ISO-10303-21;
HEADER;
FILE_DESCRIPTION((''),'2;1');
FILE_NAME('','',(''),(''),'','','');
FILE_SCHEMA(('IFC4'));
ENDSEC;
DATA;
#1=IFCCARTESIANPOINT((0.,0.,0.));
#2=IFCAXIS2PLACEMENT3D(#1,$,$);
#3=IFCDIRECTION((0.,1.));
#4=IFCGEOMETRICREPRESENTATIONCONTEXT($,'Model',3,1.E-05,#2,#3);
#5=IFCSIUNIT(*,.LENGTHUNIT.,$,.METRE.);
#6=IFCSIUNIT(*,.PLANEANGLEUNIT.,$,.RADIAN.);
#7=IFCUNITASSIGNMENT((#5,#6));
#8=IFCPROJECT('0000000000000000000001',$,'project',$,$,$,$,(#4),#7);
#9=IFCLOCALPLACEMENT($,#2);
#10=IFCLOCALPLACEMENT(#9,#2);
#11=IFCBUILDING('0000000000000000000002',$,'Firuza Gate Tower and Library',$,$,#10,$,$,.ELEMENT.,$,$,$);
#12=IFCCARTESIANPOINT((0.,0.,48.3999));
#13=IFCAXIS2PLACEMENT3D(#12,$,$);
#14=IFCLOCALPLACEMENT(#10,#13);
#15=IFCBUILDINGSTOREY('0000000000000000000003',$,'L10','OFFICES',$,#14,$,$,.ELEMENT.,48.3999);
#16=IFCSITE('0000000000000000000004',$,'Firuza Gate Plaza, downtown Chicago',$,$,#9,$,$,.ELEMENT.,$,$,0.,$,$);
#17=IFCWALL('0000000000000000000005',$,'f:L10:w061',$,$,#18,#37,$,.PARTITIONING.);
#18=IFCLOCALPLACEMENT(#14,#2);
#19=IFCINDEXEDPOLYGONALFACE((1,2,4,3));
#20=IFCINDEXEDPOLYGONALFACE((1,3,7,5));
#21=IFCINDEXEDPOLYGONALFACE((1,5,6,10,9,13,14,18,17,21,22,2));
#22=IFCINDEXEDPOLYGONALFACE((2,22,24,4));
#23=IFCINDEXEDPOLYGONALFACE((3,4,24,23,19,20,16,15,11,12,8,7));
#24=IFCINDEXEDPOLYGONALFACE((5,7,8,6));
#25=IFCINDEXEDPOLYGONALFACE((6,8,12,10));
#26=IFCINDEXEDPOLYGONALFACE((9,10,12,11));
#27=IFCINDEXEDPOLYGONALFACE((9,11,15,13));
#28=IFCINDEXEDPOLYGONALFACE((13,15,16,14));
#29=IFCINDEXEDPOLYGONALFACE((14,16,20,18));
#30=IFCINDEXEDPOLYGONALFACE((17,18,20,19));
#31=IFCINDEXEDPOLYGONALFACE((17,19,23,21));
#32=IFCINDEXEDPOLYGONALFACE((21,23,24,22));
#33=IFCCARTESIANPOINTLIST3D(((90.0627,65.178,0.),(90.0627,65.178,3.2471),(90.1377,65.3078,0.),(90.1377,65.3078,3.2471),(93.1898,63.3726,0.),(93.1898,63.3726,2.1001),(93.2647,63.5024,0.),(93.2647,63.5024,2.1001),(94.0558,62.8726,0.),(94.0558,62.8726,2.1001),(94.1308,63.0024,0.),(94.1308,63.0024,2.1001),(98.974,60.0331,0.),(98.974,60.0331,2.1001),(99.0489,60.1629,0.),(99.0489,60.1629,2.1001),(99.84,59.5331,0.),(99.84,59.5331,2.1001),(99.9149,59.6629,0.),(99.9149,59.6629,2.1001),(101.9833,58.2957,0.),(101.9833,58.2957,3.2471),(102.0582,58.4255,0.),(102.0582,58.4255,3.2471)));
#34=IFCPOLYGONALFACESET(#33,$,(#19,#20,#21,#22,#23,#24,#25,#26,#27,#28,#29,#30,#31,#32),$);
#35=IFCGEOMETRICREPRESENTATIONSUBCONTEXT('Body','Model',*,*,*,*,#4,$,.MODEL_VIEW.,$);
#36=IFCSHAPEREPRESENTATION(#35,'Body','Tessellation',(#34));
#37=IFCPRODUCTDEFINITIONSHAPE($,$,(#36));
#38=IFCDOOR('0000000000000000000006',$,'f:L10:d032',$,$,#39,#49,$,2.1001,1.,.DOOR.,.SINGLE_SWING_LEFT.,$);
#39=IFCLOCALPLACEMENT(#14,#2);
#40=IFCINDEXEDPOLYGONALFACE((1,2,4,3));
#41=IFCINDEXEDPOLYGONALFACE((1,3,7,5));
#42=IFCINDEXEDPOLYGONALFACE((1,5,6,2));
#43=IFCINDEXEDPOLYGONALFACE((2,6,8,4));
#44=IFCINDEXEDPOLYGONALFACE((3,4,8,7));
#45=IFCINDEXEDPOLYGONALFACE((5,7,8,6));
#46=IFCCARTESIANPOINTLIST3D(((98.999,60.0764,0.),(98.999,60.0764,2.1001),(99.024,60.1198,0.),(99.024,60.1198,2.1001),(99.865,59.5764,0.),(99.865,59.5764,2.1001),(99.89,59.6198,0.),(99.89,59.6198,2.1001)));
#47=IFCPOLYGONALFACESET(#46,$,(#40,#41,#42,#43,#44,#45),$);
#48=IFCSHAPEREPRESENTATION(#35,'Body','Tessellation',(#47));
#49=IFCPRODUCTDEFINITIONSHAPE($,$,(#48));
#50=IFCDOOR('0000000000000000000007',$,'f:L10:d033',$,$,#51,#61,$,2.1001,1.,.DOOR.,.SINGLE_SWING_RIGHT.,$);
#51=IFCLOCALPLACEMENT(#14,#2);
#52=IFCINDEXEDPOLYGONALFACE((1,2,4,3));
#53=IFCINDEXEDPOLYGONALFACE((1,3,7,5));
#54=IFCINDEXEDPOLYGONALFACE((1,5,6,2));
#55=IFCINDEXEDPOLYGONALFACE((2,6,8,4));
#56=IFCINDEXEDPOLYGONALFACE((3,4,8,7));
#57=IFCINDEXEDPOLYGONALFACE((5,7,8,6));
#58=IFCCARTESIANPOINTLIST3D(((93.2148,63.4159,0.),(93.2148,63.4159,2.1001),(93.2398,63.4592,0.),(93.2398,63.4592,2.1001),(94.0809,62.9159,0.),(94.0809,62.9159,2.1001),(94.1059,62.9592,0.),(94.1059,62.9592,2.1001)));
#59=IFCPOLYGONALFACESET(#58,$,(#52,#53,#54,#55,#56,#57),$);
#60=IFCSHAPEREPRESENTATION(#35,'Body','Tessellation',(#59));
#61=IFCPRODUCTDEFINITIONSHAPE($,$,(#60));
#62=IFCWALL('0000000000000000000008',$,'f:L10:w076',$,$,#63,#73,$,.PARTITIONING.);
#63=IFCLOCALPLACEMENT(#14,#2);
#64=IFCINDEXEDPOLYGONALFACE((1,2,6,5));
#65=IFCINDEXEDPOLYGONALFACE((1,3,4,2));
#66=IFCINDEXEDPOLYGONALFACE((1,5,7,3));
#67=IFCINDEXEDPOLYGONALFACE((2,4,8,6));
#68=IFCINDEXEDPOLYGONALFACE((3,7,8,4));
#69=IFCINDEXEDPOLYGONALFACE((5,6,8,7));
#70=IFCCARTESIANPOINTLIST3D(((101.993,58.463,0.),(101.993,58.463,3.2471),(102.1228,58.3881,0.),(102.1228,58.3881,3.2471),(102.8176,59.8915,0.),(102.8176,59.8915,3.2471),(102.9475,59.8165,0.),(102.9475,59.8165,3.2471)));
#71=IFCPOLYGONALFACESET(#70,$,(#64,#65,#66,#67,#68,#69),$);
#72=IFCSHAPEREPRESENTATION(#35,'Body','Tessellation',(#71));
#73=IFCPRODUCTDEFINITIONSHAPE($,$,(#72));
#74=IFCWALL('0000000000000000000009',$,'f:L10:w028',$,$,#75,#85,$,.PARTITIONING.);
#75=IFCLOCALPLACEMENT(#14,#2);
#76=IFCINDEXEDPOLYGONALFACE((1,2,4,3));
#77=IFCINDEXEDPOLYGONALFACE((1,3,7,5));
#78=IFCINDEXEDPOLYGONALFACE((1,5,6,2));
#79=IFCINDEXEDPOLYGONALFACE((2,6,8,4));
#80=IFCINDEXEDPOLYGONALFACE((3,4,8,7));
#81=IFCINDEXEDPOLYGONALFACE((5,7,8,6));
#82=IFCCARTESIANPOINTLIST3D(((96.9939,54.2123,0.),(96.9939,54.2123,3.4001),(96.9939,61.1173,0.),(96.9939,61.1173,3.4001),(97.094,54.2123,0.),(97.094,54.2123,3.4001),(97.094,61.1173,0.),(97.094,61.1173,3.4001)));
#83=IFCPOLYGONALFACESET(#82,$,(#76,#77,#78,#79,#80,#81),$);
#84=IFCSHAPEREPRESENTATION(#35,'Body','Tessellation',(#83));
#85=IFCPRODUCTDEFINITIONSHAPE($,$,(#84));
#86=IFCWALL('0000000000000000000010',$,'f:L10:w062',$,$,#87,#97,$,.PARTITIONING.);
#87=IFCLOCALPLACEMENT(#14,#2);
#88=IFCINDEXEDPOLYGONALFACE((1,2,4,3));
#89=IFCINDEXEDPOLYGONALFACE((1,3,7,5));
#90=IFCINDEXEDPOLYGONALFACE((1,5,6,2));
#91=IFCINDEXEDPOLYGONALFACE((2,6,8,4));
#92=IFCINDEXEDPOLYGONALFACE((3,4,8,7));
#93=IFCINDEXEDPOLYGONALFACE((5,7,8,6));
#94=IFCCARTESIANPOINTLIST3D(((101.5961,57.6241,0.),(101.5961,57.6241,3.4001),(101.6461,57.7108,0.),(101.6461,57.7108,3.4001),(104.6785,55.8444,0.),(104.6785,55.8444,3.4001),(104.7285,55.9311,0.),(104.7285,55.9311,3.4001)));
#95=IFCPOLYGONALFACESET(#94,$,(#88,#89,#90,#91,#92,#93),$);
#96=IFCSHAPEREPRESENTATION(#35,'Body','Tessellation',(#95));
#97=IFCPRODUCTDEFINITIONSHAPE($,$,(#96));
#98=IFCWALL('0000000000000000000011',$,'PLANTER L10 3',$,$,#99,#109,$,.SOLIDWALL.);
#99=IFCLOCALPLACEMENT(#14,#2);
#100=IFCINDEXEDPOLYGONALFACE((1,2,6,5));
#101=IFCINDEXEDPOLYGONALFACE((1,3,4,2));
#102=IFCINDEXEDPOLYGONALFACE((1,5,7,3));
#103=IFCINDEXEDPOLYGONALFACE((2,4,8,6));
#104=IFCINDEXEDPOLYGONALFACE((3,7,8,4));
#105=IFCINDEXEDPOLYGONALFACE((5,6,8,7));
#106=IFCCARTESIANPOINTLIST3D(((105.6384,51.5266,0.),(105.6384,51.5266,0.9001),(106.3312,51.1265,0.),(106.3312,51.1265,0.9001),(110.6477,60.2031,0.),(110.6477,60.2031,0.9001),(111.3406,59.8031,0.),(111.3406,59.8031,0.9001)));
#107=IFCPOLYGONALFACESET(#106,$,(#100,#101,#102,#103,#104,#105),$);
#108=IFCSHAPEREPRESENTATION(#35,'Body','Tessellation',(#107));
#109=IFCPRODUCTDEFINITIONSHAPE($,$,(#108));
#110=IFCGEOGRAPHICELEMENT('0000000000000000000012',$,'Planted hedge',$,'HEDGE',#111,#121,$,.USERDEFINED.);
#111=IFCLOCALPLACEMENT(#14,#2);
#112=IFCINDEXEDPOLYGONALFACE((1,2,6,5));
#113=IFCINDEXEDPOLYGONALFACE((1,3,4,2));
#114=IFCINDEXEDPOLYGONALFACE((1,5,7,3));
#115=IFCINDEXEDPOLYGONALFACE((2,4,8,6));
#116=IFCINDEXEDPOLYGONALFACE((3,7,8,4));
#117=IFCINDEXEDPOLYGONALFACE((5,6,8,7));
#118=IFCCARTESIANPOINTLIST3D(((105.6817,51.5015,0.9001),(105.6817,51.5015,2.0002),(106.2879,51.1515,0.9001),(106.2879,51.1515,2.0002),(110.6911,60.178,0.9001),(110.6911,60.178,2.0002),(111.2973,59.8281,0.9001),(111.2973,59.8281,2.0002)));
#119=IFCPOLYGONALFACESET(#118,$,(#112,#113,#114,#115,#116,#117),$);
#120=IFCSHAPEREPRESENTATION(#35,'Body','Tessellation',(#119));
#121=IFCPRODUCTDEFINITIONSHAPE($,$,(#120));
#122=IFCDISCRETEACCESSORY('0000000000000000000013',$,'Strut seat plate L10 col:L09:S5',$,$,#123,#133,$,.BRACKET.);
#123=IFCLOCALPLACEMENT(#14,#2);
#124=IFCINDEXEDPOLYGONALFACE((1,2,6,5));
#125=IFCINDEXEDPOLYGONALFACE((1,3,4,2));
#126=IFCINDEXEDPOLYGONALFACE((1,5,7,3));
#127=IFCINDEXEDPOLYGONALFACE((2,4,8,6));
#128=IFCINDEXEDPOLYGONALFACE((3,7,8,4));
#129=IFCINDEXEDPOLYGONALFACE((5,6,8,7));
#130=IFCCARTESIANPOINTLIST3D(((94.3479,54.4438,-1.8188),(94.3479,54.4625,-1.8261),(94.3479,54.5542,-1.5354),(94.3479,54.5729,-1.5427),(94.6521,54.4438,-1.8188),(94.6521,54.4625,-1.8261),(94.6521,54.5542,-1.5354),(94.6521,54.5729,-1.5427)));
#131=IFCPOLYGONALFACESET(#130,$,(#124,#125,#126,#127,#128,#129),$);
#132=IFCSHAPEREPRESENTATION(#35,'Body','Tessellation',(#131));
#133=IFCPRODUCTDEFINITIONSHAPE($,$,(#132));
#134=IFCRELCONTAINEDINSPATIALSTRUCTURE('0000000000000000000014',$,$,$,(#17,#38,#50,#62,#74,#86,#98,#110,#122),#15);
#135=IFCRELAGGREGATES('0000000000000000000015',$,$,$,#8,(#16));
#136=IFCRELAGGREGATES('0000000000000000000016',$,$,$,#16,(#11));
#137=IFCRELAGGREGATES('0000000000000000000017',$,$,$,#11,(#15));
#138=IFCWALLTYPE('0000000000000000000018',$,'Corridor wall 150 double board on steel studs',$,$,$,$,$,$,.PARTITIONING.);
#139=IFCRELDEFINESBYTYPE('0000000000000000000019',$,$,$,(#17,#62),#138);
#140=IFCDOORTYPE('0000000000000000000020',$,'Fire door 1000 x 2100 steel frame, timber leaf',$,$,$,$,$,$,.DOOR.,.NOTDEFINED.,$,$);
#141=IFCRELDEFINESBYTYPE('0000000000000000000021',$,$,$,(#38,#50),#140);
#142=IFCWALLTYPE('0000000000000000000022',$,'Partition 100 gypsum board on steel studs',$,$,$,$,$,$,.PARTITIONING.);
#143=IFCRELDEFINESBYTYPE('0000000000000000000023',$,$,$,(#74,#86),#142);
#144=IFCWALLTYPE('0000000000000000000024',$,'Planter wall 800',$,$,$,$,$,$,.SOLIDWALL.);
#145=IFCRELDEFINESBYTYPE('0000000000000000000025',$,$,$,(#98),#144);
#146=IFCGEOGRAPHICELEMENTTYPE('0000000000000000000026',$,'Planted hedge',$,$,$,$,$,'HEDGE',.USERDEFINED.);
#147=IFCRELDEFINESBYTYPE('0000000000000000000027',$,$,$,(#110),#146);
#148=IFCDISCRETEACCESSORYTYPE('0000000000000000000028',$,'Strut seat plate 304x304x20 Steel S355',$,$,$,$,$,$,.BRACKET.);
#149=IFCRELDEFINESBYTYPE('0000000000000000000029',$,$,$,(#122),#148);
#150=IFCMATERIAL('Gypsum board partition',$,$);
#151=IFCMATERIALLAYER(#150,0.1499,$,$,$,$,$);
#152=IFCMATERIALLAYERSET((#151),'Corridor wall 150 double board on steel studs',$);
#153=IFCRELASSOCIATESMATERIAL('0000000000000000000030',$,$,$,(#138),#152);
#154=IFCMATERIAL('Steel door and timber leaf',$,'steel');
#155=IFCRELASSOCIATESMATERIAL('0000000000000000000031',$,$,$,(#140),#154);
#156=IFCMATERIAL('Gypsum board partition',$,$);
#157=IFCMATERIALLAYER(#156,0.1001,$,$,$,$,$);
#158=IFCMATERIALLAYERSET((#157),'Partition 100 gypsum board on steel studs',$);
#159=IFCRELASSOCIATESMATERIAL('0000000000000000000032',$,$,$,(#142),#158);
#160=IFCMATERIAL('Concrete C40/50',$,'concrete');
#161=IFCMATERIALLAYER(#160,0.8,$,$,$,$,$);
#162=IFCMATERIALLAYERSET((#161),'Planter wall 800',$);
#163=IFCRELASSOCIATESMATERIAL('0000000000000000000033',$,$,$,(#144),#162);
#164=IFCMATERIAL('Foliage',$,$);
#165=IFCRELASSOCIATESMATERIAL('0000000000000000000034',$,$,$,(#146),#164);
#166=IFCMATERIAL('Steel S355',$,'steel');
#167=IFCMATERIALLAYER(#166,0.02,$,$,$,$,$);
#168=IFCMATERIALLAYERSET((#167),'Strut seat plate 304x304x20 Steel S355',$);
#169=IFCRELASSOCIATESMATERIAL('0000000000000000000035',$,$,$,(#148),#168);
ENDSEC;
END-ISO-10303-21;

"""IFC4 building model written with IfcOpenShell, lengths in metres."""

from ifc_helpers import new_model, si_unit, direction, frame, frame_2d, origin, origin_2d, place, context, subcontext, project, spatial, polyline, rectangle, outline, extrude, material, layer, layer_set, type_object, element, fill, save


model = new_model("IFC4")

# Units and contexts
model_context = context("Model", 3, precision=1e-05, world=origin(), true_north=direction((0.0, 1.0)))
body_context = subcontext(model_context, "Body", "Model", "MODEL_VIEW")
ifc_project = project(units=[si_unit("LENGTHUNIT", "METRE"), si_unit("PLANEANGLEUNIT", "RADIAN")], contexts=[model_context])

# Site, building, storey
site_placement = place(None, origin())
site = spatial("IfcSite", under=ifc_project, at=site_placement, Name="Firuza Gate Plaza, downtown Chicago", CompositionType="ELEMENT", RefElevation=0.0)
building_placement = place(site_placement, origin())
building = spatial("IfcBuilding", under=site, at=building_placement, Name="Firuza Gate Tower and Library", CompositionType="ELEMENT")
storey_placement = place(building_placement, frame((0.0, 0.0, 48.3999)))
storey = spatial("IfcBuildingStorey", under=building, at=storey_placement, Name="L10", Description="OFFICES", CompositionType="ELEMENT", Elevation=48.3999)

# Shared definitions
ifc_material_1 = material(Name="Gypsum board partition")
ifc_layer_1 = layer(ifc_material_1, 0.1499)
ifc_layer_set_1 = layer_set([ifc_layer_1], Name="Corridor wall 150 double board on steel studs")
wall_type_1 = type_object("IfcWallType", Name="Corridor wall 150 double board on steel studs", PredefinedType="PARTITIONING", material=ifc_layer_set_1)

# Wall, openings, doors
wall_1_placement = place(storey_placement, frame((102.0208, 58.3606, 0.0), z_axis=(0.0, 0.0, 1.0), x_axis=(-0.866028, 0.499996, 0.0)))
wall_1 = element("IfcWall", 1, at=wall_1_placement, inside=storey, type_object=wall_type_1, Name="f:L10:w061", PredefinedType="PARTITIONING", context=body_context, shape_type="SweptSolid", body=[
    extrude(rectangle(XDim=13.7646, YDim=0.1499, at=frame_2d((6.8823, 0.0))), origin(), (0.0, 0.0, 1.0), 3.2471),
])
opening_1_placement = place(wall_1_placement, frame((2.4749, 0.0, 0.0)))
opening_1 = element("IfcOpeningElement", 2, at=opening_1_placement, cuts=wall_1, PredefinedType="OPENING", context=body_context, shape_type="SweptSolid", body=[
    extrude(rectangle(XDim=1.0, YDim=2.1001, at=frame_2d((0.5, 1.05))), frame((0.0, 0.085, 0.0), z_axis=(0.0, -1.0, 0.0), x_axis=(1.0, 0.0, 0.0)), (0.0, 0.0, 1.0), 0.1699),
])
opening_2_placement = place(wall_1_placement, frame((9.1538, 0.0, 0.0)))
opening_2 = element("IfcOpeningElement", 3, at=opening_2_placement, cuts=wall_1, PredefinedType="OPENING", context=body_context, shape_type="SweptSolid", body=[
    extrude(rectangle(XDim=1.0, YDim=2.1001, at=frame_2d((0.5, 1.05))), frame((0.0, 0.085, 0.0), z_axis=(0.0, -1.0, 0.0), x_axis=(1.0, 0.0, 0.0)), (0.0, 0.0, 1.0), 0.1699),
])
ifc_material_2 = material(Name="Steel door and timber leaf", Category="steel")
door_type = type_object("IfcDoorType", Name="Fire door 1000 x 2100 steel frame, timber leaf", OperationType="NOTDEFINED", PredefinedType="DOOR", material=ifc_material_2)
door_1_placement = place(opening_1_placement, origin())
door_1 = element("IfcDoor", 4, at=door_1_placement, inside=storey, type_object=door_type, Name="f:L10:d032", OperationType="SINGLE_SWING_LEFT", OverallHeight=2.1001, OverallWidth=1.0, PredefinedType="DOOR", context=body_context, shape_type="SweptSolid", body=[
    extrude(rectangle(XDim=1.0, YDim=2.1001, at=frame_2d((0.5, 1.05))), frame((0.0, 0.0249, 0.0), z_axis=(0.0, -1.0, 0.0), x_axis=(1.0, 0.0, 0.0)), (0.0, 0.0, 1.0), 0.05),
])
fill(opening_1, door_1)
door_2_placement = place(opening_2_placement, origin())
door_2 = element("IfcDoor", 5, at=door_2_placement, inside=storey, type_object=door_type, Name="f:L10:d033", OperationType="SINGLE_SWING_RIGHT", OverallHeight=2.1001, OverallWidth=1.0, PredefinedType="DOOR", context=body_context, shape_type="SweptSolid", body=[
    extrude(rectangle(XDim=1.0, YDim=2.1001, at=frame_2d((0.5, 1.05))), frame((0.0, 0.0249, 0.0), z_axis=(0.0, -1.0, 0.0), x_axis=(1.0, 0.0, 0.0)), (0.0, 0.0, 1.0), 0.05),
])
fill(opening_2, door_2)

# Walls
wall_2_placement = place(storey_placement, frame((102.0579, 58.4255, 0.0), z_axis=(0.0, 0.0, 1.0), x_axis=(0.499992, 0.86603, 0.0)))
element("IfcWall", 6, at=wall_2_placement, inside=storey, type_object=wall_type_1, Name="f:L10:w076", PredefinedType="PARTITIONING", context=body_context, shape_type="SweptSolid", body=[
    extrude(rectangle(XDim=1.6494, YDim=0.1499, at=frame_2d((0.8247, 0.0))), origin(), (0.0, 0.0, 1.0), 3.2471),
])
ifc_material_3 = material(Name="Gypsum board partition")
ifc_layer_2 = layer(ifc_material_3, 0.1001)
ifc_layer_set_2 = layer_set([ifc_layer_2], Name="Partition 100 gypsum board on steel studs")
wall_type_2 = type_object("IfcWallType", Name="Partition 100 gypsum board on steel studs", PredefinedType="PARTITIONING", material=ifc_layer_set_2)
wall_3_placement = place(storey_placement, frame((97.0439, 54.2122, 0.0), z_axis=(0.0, 0.0, 1.0), x_axis=(0.0, 1.0, 0.0)))
element("IfcWall", 7, at=wall_3_placement, inside=storey, type_object=wall_type_2, Name="f:L10:w028", PredefinedType="PARTITIONING", context=body_context, shape_type="SweptSolid", body=[
    extrude(rectangle(XDim=6.905, YDim=0.1001, at=frame_2d((3.4526, 0.0))), origin(), (0.0, 0.0, 1.0), 3.4001),
])
wall_4_placement = place(storey_placement, frame((104.7036, 55.8877, 0.0), z_axis=(0.0, 0.0, 1.0), x_axis=(-0.866014, 0.500019, 0.0)))
element("IfcWall", 8, at=wall_4_placement, inside=storey, type_object=wall_type_2, Name="f:L10:w062", PredefinedType="PARTITIONING", context=body_context, shape_type="SweptSolid", body=[
    extrude(rectangle(XDim=3.5593, YDim=0.1001, at=frame_2d((1.7798, 0.0))), origin(), (0.0, 0.0, 1.0), 3.4001),
])
ifc_material_4 = material(Name="Concrete C40/50", Category="concrete")
ifc_layer_3 = layer(ifc_material_4, 0.8)
ifc_layer_set_3 = layer_set([ifc_layer_3], Name="Planter wall 800")
wall_type_3 = type_object("IfcWallType", Name="Planter wall 800", PredefinedType="SOLIDWALL", material=ifc_layer_set_3)
wall_5_placement = place(storey_placement, frame((105.9849, 51.3267, 0.0), z_axis=(0.0, 0.0, 1.0), x_axis=(0.499992, 0.86603, 0.0)))
element("IfcWall", 9, at=wall_5_placement, inside=storey, type_object=wall_type_3, Name="PLANTER L10 3", PredefinedType="SOLIDWALL", context=body_context, shape_type="SweptSolid", body=[
    extrude(rectangle(XDim=10.0188, YDim=0.8, at=frame_2d((5.0093, 0.0))), origin(), (0.0, 0.0, 1.0), 0.9001),
])

# Geographic element
ifc_material_5 = material(Name="Foliage")
geographic_element_type = type_object("IfcGeographicElementType", Name="Planted hedge", ElementType="HEDGE", PredefinedType="USERDEFINED", material=ifc_material_5)
geographic_element_placement = place(storey_placement, frame((108.4895, 55.6648, 0.9001), z_axis=(0.0, 0.0, 1.0), x_axis=(0.5, 0.866025, 0.0)))
element("IfcGeographicElement", 10, at=geographic_element_placement, inside=storey, type_object=geographic_element_type, Name="Planted hedge", ObjectType="HEDGE", PredefinedType="USERDEFINED", context=body_context, shape_type="SweptSolid", body=[
    extrude(rectangle(XDim=10.0188, YDim=0.7, at=origin_2d()), origin(), (0.0, 0.0, 1.0), 1.1001),
])

# Discrete accessory
ifc_material_6 = material(Name="Steel S355", Category="steel")
ifc_layer_4 = layer(ifc_material_6, 0.02)
ifc_layer_set_4 = layer_set([ifc_layer_4], Name="Strut seat plate 304x304x20 Steel S355")
discrete_accessory_type = type_object("IfcDiscreteAccessoryType", Name="Strut seat plate 304x304x20 Steel S355", PredefinedType="BRACKET", material=ifc_layer_set_4)
discrete_accessory_placement = place(storey_placement, frame((94.6521, 54.5542, -1.5354), z_axis=(0.0, -0.931869, 0.362795), x_axis=(-1.0, 0.0, 0.0)))
element("IfcDiscreteAccessory", 11, at=discrete_accessory_placement, inside=storey, type_object=discrete_accessory_type, Name="Strut seat plate L10 col:L09:S5", PredefinedType="BRACKET", context=body_context, shape_type="SweptSolid", body=[
    extrude(outline(polyline([(0.0, 0.0), (0.3042, 0.0), (0.3042, 0.3042), (0.0, 0.3042), (0.0, 0.0)])), origin(), (0.0, 0.0, -1.0), 0.02),
])

save(model, "model.ifc")
